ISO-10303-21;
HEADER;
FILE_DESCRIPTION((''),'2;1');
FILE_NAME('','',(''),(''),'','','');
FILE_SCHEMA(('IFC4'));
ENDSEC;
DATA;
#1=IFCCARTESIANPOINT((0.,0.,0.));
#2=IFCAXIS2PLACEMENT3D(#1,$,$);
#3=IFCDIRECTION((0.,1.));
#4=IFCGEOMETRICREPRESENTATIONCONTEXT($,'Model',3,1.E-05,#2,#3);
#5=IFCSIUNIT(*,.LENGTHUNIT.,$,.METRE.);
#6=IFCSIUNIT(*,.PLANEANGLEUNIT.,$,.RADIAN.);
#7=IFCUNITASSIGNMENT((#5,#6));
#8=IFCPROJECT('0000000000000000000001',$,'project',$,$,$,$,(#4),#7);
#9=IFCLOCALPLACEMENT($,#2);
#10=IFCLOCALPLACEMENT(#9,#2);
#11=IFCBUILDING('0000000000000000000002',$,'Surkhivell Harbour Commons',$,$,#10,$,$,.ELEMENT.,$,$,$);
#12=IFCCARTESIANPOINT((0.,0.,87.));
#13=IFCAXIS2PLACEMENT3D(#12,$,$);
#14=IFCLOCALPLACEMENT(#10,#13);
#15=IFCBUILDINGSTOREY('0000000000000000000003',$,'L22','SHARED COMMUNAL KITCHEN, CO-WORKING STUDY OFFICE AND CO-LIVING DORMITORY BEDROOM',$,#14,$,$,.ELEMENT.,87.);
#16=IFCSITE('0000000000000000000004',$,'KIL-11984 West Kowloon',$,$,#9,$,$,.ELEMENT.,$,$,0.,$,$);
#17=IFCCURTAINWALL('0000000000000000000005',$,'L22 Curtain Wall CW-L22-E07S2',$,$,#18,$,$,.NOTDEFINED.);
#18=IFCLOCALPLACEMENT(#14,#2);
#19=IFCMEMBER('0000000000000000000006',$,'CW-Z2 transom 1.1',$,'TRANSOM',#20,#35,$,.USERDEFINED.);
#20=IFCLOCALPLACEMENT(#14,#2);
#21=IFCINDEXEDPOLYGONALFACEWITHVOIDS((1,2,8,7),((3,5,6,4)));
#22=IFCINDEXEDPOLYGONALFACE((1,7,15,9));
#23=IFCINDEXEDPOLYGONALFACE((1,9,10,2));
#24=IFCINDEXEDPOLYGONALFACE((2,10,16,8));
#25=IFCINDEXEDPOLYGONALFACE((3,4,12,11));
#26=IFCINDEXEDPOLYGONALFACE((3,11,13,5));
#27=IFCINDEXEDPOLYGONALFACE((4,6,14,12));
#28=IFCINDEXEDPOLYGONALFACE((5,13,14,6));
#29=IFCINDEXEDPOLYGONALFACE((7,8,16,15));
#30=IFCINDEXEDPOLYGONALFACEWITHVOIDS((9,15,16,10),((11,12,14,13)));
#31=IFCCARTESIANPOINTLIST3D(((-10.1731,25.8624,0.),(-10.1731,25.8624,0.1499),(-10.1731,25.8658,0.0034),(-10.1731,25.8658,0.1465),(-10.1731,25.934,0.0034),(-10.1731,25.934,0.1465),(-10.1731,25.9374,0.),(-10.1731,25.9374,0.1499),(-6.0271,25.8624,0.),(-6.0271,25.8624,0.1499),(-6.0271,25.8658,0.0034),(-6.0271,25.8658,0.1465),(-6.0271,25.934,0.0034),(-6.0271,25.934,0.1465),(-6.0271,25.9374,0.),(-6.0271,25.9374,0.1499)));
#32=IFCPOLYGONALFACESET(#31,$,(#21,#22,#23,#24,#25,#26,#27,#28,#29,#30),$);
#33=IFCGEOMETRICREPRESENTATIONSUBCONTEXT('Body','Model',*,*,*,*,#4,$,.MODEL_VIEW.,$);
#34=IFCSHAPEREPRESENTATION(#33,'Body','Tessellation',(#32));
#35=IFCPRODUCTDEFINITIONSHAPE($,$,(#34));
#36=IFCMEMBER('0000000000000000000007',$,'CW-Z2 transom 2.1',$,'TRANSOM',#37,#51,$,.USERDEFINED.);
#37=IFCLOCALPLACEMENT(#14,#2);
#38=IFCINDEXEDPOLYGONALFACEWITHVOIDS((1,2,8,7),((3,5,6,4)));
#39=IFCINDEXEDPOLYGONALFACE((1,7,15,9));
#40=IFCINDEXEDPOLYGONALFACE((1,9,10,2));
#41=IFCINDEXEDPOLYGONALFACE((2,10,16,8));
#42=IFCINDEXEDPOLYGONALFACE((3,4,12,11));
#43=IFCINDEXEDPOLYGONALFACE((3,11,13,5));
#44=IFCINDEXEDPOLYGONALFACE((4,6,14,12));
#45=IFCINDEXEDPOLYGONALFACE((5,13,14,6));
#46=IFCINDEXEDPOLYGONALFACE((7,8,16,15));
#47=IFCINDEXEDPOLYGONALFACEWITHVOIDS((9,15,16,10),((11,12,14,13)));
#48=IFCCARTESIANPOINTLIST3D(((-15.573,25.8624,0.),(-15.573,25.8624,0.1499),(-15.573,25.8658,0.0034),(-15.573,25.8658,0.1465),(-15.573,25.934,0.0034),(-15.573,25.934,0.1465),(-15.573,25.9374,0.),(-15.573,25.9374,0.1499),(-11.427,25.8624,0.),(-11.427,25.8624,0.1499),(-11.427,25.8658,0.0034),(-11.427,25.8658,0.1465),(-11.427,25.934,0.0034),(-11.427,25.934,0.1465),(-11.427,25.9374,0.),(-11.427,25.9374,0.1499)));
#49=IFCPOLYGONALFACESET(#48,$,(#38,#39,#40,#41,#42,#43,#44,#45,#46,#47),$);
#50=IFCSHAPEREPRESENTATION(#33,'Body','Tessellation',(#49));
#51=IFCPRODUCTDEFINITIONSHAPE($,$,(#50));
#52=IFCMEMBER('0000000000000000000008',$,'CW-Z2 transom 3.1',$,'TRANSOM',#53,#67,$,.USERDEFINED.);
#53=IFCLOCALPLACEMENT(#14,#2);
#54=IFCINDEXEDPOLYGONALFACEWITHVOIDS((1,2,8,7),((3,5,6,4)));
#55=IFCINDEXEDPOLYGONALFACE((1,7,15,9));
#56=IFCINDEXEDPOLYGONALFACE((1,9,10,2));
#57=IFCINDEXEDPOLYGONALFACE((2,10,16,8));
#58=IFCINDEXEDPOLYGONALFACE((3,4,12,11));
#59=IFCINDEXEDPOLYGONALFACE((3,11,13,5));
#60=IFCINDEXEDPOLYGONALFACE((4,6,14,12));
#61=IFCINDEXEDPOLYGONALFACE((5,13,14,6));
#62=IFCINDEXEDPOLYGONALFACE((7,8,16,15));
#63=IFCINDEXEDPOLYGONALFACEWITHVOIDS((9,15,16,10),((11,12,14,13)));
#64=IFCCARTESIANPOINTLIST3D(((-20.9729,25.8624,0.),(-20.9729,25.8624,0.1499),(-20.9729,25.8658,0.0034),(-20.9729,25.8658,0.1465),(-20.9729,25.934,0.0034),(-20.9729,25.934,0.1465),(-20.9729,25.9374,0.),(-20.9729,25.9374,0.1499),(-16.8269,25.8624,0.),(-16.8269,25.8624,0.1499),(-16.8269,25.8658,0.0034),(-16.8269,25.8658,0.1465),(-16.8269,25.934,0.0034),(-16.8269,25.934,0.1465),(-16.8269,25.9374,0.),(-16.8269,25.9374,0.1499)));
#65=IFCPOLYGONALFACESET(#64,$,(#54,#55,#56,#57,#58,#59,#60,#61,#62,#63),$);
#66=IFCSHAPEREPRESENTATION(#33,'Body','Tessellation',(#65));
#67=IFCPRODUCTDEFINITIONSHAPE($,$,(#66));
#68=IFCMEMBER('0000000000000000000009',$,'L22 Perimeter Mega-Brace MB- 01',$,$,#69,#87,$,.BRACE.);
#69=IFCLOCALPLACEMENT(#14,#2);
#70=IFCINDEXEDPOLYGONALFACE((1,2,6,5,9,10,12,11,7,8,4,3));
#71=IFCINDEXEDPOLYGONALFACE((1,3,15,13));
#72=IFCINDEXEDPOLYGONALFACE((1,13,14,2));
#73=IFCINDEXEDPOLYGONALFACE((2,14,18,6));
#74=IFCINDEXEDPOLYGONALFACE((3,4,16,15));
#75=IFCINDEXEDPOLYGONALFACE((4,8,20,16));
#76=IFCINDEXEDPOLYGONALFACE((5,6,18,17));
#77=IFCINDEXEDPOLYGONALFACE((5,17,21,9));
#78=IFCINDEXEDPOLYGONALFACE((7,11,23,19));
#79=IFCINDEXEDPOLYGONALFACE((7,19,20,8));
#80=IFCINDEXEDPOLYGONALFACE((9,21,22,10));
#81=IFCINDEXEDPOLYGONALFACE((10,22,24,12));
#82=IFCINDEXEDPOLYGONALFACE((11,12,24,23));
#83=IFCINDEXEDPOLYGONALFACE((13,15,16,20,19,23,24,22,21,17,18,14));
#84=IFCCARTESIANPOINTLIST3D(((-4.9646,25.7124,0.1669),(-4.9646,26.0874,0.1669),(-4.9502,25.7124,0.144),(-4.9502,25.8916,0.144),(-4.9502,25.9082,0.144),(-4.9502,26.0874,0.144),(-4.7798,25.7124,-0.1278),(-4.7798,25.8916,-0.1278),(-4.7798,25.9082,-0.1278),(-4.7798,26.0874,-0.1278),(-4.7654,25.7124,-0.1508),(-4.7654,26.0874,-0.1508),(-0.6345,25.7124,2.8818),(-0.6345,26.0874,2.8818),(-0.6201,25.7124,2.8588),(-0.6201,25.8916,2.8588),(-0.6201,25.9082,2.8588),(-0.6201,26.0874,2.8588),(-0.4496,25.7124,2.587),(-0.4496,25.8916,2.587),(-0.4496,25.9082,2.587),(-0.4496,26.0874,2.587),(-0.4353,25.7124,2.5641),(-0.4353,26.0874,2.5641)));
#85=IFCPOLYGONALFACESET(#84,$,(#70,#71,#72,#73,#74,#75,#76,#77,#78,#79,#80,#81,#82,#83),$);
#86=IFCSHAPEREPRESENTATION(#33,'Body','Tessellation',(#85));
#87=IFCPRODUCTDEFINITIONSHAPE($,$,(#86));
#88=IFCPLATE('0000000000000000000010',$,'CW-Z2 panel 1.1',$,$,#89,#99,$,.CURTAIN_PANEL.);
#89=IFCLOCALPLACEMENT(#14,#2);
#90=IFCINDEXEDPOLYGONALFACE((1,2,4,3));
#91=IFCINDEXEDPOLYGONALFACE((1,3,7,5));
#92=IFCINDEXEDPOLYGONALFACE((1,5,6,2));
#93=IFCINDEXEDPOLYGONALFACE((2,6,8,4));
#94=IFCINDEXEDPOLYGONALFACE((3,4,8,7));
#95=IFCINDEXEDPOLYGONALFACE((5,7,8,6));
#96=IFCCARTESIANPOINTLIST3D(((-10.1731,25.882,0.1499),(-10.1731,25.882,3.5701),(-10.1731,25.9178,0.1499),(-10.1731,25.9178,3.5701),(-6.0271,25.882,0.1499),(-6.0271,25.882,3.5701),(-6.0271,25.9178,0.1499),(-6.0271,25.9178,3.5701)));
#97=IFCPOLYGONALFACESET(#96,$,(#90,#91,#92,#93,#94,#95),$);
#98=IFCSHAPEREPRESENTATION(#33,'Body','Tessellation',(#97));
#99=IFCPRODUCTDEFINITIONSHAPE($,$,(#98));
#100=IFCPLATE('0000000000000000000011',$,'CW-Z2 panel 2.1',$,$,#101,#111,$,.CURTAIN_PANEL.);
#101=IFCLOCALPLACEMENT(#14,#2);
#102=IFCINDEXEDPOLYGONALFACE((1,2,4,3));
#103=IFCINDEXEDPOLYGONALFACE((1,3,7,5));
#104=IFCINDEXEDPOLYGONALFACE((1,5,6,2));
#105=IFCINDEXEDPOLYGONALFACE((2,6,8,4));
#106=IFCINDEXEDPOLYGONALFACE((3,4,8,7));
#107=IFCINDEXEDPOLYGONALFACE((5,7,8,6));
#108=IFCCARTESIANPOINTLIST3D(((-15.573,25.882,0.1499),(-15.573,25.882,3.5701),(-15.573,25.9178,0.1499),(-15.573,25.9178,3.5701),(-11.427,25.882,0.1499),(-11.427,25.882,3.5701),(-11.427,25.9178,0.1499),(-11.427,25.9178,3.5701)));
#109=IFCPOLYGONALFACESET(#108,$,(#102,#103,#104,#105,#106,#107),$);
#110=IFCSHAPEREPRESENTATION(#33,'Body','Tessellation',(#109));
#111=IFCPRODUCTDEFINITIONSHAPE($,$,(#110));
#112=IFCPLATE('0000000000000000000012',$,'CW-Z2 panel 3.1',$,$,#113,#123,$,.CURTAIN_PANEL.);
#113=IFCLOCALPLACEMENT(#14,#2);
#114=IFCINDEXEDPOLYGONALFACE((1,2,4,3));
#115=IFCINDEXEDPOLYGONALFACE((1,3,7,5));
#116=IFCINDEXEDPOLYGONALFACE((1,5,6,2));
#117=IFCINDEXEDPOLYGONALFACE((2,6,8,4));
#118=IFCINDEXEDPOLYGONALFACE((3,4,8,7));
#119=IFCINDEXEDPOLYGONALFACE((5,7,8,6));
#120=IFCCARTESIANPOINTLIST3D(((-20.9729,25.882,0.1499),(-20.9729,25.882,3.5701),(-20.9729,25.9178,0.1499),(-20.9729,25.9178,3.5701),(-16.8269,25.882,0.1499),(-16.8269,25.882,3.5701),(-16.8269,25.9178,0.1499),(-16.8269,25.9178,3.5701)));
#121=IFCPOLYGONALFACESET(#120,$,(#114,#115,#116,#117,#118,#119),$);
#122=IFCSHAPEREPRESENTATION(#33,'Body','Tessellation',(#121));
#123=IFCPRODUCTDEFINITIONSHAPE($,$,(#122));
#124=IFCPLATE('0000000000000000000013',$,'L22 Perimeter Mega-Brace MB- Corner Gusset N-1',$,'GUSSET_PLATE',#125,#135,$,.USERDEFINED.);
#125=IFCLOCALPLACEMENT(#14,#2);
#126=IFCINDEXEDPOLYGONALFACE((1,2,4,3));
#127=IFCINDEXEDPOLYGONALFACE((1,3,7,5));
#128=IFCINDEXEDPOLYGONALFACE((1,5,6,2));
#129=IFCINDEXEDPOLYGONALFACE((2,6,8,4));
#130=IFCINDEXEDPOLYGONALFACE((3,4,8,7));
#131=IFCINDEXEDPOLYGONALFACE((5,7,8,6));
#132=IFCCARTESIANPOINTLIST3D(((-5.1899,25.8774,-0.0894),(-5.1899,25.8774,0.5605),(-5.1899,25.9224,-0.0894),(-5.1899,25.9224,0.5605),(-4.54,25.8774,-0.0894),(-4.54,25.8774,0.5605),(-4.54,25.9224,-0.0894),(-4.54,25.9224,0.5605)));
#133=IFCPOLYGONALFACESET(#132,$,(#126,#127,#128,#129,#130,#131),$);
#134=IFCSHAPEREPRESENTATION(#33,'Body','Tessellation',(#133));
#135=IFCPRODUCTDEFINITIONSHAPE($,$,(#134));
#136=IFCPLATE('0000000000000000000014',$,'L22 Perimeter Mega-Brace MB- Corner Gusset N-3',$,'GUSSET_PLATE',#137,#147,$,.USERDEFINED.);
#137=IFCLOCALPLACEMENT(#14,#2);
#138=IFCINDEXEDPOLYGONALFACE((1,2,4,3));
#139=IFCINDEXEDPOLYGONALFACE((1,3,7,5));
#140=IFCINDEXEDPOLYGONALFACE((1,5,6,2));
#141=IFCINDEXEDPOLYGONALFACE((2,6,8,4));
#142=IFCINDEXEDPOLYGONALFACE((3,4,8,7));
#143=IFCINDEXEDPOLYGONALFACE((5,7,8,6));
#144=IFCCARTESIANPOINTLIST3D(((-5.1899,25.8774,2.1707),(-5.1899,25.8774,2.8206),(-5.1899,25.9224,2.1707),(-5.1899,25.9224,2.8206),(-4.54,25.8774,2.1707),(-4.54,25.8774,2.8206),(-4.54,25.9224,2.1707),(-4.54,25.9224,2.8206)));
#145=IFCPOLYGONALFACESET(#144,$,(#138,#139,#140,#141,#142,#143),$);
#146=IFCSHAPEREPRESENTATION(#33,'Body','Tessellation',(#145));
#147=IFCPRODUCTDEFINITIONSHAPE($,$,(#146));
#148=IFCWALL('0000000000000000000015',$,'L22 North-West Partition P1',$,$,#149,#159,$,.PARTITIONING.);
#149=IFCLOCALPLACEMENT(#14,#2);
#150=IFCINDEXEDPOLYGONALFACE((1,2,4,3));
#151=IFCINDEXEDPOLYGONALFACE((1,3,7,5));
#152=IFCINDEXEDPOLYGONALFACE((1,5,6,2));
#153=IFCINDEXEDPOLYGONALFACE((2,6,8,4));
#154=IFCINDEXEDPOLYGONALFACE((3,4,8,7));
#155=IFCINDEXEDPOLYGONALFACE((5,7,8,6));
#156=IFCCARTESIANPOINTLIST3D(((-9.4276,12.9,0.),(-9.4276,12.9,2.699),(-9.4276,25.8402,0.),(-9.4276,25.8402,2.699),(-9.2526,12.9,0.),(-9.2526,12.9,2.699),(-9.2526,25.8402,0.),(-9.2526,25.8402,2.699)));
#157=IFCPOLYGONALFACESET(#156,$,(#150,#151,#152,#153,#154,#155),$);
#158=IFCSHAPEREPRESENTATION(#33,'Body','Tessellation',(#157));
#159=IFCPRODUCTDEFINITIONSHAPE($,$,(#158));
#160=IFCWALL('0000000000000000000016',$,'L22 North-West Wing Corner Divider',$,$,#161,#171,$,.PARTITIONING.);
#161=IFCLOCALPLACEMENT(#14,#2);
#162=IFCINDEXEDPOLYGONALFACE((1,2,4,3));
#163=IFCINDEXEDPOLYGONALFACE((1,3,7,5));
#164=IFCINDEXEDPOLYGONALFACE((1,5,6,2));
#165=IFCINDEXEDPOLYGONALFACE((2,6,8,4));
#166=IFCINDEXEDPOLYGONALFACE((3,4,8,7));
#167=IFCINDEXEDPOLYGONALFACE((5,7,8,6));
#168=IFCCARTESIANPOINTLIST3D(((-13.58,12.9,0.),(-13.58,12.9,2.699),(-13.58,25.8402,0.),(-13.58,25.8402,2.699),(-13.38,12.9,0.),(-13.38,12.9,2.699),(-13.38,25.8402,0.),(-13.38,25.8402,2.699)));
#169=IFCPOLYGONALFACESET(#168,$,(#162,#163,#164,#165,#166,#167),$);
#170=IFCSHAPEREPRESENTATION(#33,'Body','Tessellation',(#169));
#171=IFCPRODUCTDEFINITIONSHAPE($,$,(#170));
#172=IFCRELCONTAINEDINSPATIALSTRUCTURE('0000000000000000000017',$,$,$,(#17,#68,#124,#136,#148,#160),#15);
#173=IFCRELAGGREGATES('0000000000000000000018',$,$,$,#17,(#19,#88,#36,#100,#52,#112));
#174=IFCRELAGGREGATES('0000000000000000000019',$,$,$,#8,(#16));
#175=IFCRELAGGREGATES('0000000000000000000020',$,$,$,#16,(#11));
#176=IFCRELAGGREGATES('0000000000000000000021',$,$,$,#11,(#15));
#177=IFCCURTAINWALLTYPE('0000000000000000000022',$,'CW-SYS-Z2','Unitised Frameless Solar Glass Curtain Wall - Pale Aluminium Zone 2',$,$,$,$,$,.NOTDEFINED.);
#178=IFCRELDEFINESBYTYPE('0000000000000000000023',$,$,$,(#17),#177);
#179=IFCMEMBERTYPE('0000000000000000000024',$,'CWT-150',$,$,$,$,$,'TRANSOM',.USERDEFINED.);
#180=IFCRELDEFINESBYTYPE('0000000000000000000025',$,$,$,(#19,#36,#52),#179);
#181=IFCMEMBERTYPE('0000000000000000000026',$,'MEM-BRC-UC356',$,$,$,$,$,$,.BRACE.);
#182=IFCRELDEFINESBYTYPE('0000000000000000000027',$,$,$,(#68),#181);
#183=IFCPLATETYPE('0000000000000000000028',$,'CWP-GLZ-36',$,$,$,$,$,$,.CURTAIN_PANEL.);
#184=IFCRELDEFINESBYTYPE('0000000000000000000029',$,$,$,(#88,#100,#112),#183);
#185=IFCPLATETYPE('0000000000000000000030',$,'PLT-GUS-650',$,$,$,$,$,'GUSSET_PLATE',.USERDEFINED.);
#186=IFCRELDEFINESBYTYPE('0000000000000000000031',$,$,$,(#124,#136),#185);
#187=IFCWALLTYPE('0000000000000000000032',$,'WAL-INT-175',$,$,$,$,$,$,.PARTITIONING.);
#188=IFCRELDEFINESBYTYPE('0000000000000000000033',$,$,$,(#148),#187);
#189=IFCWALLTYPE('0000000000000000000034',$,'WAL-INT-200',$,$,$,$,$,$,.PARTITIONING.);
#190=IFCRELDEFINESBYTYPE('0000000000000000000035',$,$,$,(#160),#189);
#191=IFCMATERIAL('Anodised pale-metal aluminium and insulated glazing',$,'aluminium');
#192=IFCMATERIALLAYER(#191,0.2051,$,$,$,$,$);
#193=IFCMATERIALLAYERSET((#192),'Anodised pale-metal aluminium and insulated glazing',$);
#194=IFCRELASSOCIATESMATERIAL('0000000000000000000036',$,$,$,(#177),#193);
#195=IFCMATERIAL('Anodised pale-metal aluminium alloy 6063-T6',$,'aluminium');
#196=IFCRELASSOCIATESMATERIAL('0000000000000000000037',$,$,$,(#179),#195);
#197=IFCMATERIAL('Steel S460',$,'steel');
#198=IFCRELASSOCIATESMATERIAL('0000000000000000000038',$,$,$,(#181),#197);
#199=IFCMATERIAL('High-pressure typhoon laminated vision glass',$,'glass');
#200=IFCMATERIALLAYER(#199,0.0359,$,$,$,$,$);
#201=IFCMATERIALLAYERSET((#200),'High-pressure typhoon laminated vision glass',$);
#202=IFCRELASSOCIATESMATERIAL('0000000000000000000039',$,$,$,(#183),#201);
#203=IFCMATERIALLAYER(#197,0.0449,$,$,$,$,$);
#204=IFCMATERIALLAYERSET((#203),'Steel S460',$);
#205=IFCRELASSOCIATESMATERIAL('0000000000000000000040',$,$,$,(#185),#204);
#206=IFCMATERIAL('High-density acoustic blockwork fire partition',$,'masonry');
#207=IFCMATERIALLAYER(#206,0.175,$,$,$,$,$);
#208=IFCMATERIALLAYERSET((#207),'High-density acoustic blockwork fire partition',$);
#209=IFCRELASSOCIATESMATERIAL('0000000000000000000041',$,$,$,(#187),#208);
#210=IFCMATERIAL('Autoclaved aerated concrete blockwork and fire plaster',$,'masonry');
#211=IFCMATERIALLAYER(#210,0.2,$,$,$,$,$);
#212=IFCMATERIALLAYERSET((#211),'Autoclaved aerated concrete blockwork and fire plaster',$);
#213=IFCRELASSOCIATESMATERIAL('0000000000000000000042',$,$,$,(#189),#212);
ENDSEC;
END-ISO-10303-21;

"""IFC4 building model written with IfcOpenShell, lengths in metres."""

from ifc_helpers import new_model, si_unit, direction, frame, frame_2d, origin, origin_2d, place, context, subcontext, project, spatial, rectangle, hollow_rectangle, i_section, extrude, material, layer, layer_set, material_profile, profile_set, type_object, element, aggregate, save


model = new_model("IFC4")

# Units and contexts
model_context = context("Model", 3, precision=1e-05, world=origin(), true_north=direction((0.0, 1.0)))
body_context = subcontext(model_context, "Body", "Model", "MODEL_VIEW")
ifc_project = project(units=[si_unit("LENGTHUNIT", "METRE"), si_unit("PLANEANGLEUNIT", "RADIAN")], contexts=[model_context])

# Site, building, storey
site_placement = place(None, origin())
site = spatial("IfcSite", under=ifc_project, at=site_placement, Name="KIL-11984 West Kowloon", CompositionType="ELEMENT", RefElevation=0.0)
building_placement = place(site_placement, origin())
building = spatial("IfcBuilding", under=site, at=building_placement, Name="Surkhivell Harbour Commons", CompositionType="ELEMENT")
storey_placement = place(building_placement, frame((0.0, 0.0, 87.0)))
storey = spatial("IfcBuildingStorey", under=building, at=storey_placement, Name="L22", Description="SHARED COMMUNAL KITCHEN, CO-WORKING STUDY OFFICE AND CO-LIVING DORMITORY BEDROOM", CompositionType="ELEMENT", Elevation=87.0)

# Shared definitions
ifc_material_1 = material(Name="Steel S460", Category="steel")

# Curtain wall, members
ifc_material_2 = material(Name="Anodised pale-metal aluminium and insulated glazing", Category="aluminium")
ifc_layer_1 = layer(ifc_material_2, 0.2051)
ifc_layer_set_1 = layer_set([ifc_layer_1], Name="Anodised pale-metal aluminium and insulated glazing")
curtain_wall_type = type_object("IfcCurtainWallType", Name="CW-SYS-Z2", Description="Unitised Frameless Solar Glass Curtain Wall - Pale Aluminium Zone 2", PredefinedType="NOTDEFINED", material=ifc_layer_set_1)
curtain_wall_placement = place(storey_placement, origin())
curtain_wall = element("IfcCurtainWall", 1, at=curtain_wall_placement, inside=storey, type_object=curtain_wall_type, Name="L22 Curtain Wall CW-L22-E07S2", PredefinedType="NOTDEFINED")
ifc_material_3 = material(Name="Anodised pale-metal aluminium alloy 6063-T6", Category="aluminium")
ifc_material_profile_1 = material_profile(ifc_material_3, hollow_rectangle(XDim=0.075, YDim=0.1499, WallThickness=0.0034, at=origin_2d()), Name="ALU-TRAN-75x150")
ifc_profile_set_1 = profile_set([ifc_material_profile_1], Name="Anodised pale-metal aluminium alloy 6063-T6")
member_type_1 = type_object("IfcMemberType", Name="CWT-150", ElementType="TRANSOM", PredefinedType="USERDEFINED", material=ifc_profile_set_1)
member_1_placement = place(storey_placement, frame((-6.0271, 25.8999, 0.075), z_axis=(-1.0, 0.0, 0.0), x_axis=(0.0, -1.0, 0.0)))
member_1 = element("IfcMember", 2, at=member_1_placement, type_object=member_type_1, Name="CW-Z2 transom 1.1", ObjectType="TRANSOM", PredefinedType="USERDEFINED", context=body_context, shape_type="SweptSolid", body=[
    extrude(hollow_rectangle(XDim=0.075, YDim=0.1499, WallThickness=0.0034, at=origin_2d()), origin(), (0.0, 0.0, 1.0), 4.146),
])
member_2_placement = place(storey_placement, frame((-11.427, 25.8999, 0.075), z_axis=(-1.0, 0.0, 0.0), x_axis=(0.0, -1.0, 0.0)))
member_2 = element("IfcMember", 3, at=member_2_placement, type_object=member_type_1, Name="CW-Z2 transom 2.1", ObjectType="TRANSOM", PredefinedType="USERDEFINED", context=body_context, shape_type="SweptSolid", body=[
    extrude(hollow_rectangle(XDim=0.075, YDim=0.1499, WallThickness=0.0034, at=origin_2d()), origin(), (0.0, 0.0, 1.0), 4.146),
])
member_3_placement = place(storey_placement, frame((-16.8269, 25.8999, 0.075), z_axis=(-1.0, 0.0, 0.0), x_axis=(0.0, -1.0, 0.0)))
member_3 = element("IfcMember", 4, at=member_3_placement, type_object=member_type_1, Name="CW-Z2 transom 3.1", ObjectType="TRANSOM", PredefinedType="USERDEFINED", context=body_context, shape_type="SweptSolid", body=[
    extrude(hollow_rectangle(XDim=0.075, YDim=0.1499, WallThickness=0.0034, at=origin_2d()), origin(), (0.0, 0.0, 1.0), 4.146),
])

# Member
ifc_material_profile_2 = material_profile(ifc_material_1, i_section(OverallWidth=0.375, OverallDepth=0.375, WebThickness=0.0166, FlangeThickness=0.0271, at=origin_2d()), Name="UC356x368x202")
ifc_profile_set_2 = profile_set([ifc_material_profile_2], Name="Steel S460")
member_type_2 = type_object("IfcMemberType", Name="MEM-BRC-UC356", PredefinedType="BRACE", material=ifc_profile_set_2)
member_4_placement = place(storey_placement, frame((-4.865, 25.8999, 0.0081), z_axis=(0.847246, 0.0, 0.531201), x_axis=(0.0, 1.0, 0.0)))
element("IfcMember", 5, at=member_4_placement, inside=storey, type_object=member_type_2, Name="L22 Perimeter Mega-Brace MB- 01", PredefinedType="BRACE", context=body_context, shape_type="SweptSolid", body=[
    extrude(i_section(OverallWidth=0.375, OverallDepth=0.375, WebThickness=0.0166, FlangeThickness=0.0271, at=origin_2d()), origin(), (0.0, 0.0, 1.0), 5.1108),
])

# Plates
ifc_material_4 = material(Name="High-pressure typhoon laminated vision glass", Category="glass")
ifc_layer_2 = layer(ifc_material_4, 0.0359)
ifc_layer_set_2 = layer_set([ifc_layer_2], Name="High-pressure typhoon laminated vision glass")
plate_type_1 = type_object("IfcPlateType", Name="CWP-GLZ-36", PredefinedType="CURTAIN_PANEL", material=ifc_layer_set_2)
plate_1_placement = place(storey_placement, frame((-6.0271, 25.8999, 0.1499), z_axis=(0.0, 0.0, 1.0), x_axis=(-1.0, 0.0, 0.0)))
plate_1 = element("IfcPlate", 6, at=plate_1_placement, type_object=plate_type_1, Name="CW-Z2 panel 1.1", PredefinedType="CURTAIN_PANEL", context=body_context, shape_type="SweptSolid", body=[
    extrude(rectangle(XDim=4.146, YDim=0.0359, at=frame_2d((2.073, 0.0))), origin(), (0.0, 0.0, 1.0), 3.4202),
])
plate_2_placement = place(storey_placement, frame((-11.427, 25.8999, 0.1499), z_axis=(0.0, 0.0, 1.0), x_axis=(-1.0, 0.0, 0.0)))
plate_2 = element("IfcPlate", 7, at=plate_2_placement, type_object=plate_type_1, Name="CW-Z2 panel 2.1", PredefinedType="CURTAIN_PANEL", context=body_context, shape_type="SweptSolid", body=[
    extrude(rectangle(XDim=4.146, YDim=0.0359, at=frame_2d((2.073, 0.0))), origin(), (0.0, 0.0, 1.0), 3.4202),
])
plate_3_placement = place(storey_placement, frame((-16.8269, 25.8999, 0.1499), z_axis=(0.0, 0.0, 1.0), x_axis=(-1.0, 0.0, 0.0)))
plate_3 = element("IfcPlate", 8, at=plate_3_placement, type_object=plate_type_1, Name="CW-Z2 panel 3.1", PredefinedType="CURTAIN_PANEL", context=body_context, shape_type="SweptSolid", body=[
    extrude(rectangle(XDim=4.146, YDim=0.0359, at=frame_2d((2.073, 0.0))), origin(), (0.0, 0.0, 1.0), 3.4202),
])
aggregate(curtain_wall, [member_1, plate_1, member_2, plate_2, member_3, plate_3])

# Plates
ifc_layer_3 = layer(ifc_material_1, 0.0449)
ifc_layer_set_3 = layer_set([ifc_layer_3], Name="Steel S460")
plate_type_2 = type_object("IfcPlateType", Name="PLT-GUS-650", ElementType="GUSSET_PLATE", PredefinedType="USERDEFINED", material=ifc_layer_set_3)
for number, where, z_axis, x_axis, name in (
    (9, (-4.865, 25.8999, -0.0894), (0.0, 0.0, 1.0), (1.0, 0.0, 0.0), "L22 Perimeter Mega-Brace MB- Corner Gusset N-1"),
    (10, (-4.865, 25.8999, 2.1707), (0.0, 0.0, 1.0), (1.0, 0.0, 0.0), "L22 Perimeter Mega-Brace MB- Corner Gusset N-3"),
):
    element("IfcPlate", number, at=place(storey_placement, frame(where, z_axis=z_axis, x_axis=x_axis)), inside=storey, type_object=plate_type_2, Name=name, ObjectType="GUSSET_PLATE", PredefinedType="USERDEFINED", context=body_context, shape_type="SweptSolid", body=[
        extrude(rectangle(XDim=0.6499, YDim=0.0449, at=origin_2d()), origin(), (0.0, 0.0, 1.0), 0.6499),
    ])

# Walls
ifc_material_5 = material(Name="High-density acoustic blockwork fire partition", Category="masonry")
ifc_layer_4 = layer(ifc_material_5, 0.175)
ifc_layer_set_4 = layer_set([ifc_layer_4], Name="High-density acoustic blockwork fire partition")
wall_type_1 = type_object("IfcWallType", Name="WAL-INT-175", PredefinedType="PARTITIONING", material=ifc_layer_set_4)
wall_1_placement = place(storey_placement, frame((-9.3401, 12.8999, 0.0), z_axis=(0.0, 0.0, 1.0), x_axis=(0.0, 1.0, 0.0)))
element("IfcWall", 11, at=wall_1_placement, inside=storey, type_object=wall_type_1, Name="L22 North-West Partition P1", PredefinedType="PARTITIONING", context=body_context, shape_type="SweptSolid", body=[
    extrude(rectangle(XDim=12.9402, YDim=0.175, at=frame_2d((6.4702, 0.0))), origin(), (0.0, 0.0, 1.0), 2.699),
])
ifc_material_6 = material(Name="Autoclaved aerated concrete blockwork and fire plaster", Category="masonry")
ifc_layer_5 = layer(ifc_material_6, 0.2)
ifc_layer_set_5 = layer_set([ifc_layer_5], Name="Autoclaved aerated concrete blockwork and fire plaster")
wall_type_2 = type_object("IfcWallType", Name="WAL-INT-200", PredefinedType="PARTITIONING", material=ifc_layer_set_5)
wall_2_placement = place(storey_placement, frame((-13.48, 12.8999, 0.0), z_axis=(0.0, 0.0, 1.0), x_axis=(0.0, 1.0, 0.0)))
element("IfcWall", 12, at=wall_2_placement, inside=storey, type_object=wall_type_2, Name="L22 North-West Wing Corner Divider", PredefinedType="PARTITIONING", context=body_context, shape_type="SweptSolid", body=[
    extrude(rectangle(XDim=12.9402, YDim=0.2, at=frame_2d((6.4702, 0.0))), origin(), (0.0, 0.0, 1.0), 2.699),
])

save(model, "model.ifc")
